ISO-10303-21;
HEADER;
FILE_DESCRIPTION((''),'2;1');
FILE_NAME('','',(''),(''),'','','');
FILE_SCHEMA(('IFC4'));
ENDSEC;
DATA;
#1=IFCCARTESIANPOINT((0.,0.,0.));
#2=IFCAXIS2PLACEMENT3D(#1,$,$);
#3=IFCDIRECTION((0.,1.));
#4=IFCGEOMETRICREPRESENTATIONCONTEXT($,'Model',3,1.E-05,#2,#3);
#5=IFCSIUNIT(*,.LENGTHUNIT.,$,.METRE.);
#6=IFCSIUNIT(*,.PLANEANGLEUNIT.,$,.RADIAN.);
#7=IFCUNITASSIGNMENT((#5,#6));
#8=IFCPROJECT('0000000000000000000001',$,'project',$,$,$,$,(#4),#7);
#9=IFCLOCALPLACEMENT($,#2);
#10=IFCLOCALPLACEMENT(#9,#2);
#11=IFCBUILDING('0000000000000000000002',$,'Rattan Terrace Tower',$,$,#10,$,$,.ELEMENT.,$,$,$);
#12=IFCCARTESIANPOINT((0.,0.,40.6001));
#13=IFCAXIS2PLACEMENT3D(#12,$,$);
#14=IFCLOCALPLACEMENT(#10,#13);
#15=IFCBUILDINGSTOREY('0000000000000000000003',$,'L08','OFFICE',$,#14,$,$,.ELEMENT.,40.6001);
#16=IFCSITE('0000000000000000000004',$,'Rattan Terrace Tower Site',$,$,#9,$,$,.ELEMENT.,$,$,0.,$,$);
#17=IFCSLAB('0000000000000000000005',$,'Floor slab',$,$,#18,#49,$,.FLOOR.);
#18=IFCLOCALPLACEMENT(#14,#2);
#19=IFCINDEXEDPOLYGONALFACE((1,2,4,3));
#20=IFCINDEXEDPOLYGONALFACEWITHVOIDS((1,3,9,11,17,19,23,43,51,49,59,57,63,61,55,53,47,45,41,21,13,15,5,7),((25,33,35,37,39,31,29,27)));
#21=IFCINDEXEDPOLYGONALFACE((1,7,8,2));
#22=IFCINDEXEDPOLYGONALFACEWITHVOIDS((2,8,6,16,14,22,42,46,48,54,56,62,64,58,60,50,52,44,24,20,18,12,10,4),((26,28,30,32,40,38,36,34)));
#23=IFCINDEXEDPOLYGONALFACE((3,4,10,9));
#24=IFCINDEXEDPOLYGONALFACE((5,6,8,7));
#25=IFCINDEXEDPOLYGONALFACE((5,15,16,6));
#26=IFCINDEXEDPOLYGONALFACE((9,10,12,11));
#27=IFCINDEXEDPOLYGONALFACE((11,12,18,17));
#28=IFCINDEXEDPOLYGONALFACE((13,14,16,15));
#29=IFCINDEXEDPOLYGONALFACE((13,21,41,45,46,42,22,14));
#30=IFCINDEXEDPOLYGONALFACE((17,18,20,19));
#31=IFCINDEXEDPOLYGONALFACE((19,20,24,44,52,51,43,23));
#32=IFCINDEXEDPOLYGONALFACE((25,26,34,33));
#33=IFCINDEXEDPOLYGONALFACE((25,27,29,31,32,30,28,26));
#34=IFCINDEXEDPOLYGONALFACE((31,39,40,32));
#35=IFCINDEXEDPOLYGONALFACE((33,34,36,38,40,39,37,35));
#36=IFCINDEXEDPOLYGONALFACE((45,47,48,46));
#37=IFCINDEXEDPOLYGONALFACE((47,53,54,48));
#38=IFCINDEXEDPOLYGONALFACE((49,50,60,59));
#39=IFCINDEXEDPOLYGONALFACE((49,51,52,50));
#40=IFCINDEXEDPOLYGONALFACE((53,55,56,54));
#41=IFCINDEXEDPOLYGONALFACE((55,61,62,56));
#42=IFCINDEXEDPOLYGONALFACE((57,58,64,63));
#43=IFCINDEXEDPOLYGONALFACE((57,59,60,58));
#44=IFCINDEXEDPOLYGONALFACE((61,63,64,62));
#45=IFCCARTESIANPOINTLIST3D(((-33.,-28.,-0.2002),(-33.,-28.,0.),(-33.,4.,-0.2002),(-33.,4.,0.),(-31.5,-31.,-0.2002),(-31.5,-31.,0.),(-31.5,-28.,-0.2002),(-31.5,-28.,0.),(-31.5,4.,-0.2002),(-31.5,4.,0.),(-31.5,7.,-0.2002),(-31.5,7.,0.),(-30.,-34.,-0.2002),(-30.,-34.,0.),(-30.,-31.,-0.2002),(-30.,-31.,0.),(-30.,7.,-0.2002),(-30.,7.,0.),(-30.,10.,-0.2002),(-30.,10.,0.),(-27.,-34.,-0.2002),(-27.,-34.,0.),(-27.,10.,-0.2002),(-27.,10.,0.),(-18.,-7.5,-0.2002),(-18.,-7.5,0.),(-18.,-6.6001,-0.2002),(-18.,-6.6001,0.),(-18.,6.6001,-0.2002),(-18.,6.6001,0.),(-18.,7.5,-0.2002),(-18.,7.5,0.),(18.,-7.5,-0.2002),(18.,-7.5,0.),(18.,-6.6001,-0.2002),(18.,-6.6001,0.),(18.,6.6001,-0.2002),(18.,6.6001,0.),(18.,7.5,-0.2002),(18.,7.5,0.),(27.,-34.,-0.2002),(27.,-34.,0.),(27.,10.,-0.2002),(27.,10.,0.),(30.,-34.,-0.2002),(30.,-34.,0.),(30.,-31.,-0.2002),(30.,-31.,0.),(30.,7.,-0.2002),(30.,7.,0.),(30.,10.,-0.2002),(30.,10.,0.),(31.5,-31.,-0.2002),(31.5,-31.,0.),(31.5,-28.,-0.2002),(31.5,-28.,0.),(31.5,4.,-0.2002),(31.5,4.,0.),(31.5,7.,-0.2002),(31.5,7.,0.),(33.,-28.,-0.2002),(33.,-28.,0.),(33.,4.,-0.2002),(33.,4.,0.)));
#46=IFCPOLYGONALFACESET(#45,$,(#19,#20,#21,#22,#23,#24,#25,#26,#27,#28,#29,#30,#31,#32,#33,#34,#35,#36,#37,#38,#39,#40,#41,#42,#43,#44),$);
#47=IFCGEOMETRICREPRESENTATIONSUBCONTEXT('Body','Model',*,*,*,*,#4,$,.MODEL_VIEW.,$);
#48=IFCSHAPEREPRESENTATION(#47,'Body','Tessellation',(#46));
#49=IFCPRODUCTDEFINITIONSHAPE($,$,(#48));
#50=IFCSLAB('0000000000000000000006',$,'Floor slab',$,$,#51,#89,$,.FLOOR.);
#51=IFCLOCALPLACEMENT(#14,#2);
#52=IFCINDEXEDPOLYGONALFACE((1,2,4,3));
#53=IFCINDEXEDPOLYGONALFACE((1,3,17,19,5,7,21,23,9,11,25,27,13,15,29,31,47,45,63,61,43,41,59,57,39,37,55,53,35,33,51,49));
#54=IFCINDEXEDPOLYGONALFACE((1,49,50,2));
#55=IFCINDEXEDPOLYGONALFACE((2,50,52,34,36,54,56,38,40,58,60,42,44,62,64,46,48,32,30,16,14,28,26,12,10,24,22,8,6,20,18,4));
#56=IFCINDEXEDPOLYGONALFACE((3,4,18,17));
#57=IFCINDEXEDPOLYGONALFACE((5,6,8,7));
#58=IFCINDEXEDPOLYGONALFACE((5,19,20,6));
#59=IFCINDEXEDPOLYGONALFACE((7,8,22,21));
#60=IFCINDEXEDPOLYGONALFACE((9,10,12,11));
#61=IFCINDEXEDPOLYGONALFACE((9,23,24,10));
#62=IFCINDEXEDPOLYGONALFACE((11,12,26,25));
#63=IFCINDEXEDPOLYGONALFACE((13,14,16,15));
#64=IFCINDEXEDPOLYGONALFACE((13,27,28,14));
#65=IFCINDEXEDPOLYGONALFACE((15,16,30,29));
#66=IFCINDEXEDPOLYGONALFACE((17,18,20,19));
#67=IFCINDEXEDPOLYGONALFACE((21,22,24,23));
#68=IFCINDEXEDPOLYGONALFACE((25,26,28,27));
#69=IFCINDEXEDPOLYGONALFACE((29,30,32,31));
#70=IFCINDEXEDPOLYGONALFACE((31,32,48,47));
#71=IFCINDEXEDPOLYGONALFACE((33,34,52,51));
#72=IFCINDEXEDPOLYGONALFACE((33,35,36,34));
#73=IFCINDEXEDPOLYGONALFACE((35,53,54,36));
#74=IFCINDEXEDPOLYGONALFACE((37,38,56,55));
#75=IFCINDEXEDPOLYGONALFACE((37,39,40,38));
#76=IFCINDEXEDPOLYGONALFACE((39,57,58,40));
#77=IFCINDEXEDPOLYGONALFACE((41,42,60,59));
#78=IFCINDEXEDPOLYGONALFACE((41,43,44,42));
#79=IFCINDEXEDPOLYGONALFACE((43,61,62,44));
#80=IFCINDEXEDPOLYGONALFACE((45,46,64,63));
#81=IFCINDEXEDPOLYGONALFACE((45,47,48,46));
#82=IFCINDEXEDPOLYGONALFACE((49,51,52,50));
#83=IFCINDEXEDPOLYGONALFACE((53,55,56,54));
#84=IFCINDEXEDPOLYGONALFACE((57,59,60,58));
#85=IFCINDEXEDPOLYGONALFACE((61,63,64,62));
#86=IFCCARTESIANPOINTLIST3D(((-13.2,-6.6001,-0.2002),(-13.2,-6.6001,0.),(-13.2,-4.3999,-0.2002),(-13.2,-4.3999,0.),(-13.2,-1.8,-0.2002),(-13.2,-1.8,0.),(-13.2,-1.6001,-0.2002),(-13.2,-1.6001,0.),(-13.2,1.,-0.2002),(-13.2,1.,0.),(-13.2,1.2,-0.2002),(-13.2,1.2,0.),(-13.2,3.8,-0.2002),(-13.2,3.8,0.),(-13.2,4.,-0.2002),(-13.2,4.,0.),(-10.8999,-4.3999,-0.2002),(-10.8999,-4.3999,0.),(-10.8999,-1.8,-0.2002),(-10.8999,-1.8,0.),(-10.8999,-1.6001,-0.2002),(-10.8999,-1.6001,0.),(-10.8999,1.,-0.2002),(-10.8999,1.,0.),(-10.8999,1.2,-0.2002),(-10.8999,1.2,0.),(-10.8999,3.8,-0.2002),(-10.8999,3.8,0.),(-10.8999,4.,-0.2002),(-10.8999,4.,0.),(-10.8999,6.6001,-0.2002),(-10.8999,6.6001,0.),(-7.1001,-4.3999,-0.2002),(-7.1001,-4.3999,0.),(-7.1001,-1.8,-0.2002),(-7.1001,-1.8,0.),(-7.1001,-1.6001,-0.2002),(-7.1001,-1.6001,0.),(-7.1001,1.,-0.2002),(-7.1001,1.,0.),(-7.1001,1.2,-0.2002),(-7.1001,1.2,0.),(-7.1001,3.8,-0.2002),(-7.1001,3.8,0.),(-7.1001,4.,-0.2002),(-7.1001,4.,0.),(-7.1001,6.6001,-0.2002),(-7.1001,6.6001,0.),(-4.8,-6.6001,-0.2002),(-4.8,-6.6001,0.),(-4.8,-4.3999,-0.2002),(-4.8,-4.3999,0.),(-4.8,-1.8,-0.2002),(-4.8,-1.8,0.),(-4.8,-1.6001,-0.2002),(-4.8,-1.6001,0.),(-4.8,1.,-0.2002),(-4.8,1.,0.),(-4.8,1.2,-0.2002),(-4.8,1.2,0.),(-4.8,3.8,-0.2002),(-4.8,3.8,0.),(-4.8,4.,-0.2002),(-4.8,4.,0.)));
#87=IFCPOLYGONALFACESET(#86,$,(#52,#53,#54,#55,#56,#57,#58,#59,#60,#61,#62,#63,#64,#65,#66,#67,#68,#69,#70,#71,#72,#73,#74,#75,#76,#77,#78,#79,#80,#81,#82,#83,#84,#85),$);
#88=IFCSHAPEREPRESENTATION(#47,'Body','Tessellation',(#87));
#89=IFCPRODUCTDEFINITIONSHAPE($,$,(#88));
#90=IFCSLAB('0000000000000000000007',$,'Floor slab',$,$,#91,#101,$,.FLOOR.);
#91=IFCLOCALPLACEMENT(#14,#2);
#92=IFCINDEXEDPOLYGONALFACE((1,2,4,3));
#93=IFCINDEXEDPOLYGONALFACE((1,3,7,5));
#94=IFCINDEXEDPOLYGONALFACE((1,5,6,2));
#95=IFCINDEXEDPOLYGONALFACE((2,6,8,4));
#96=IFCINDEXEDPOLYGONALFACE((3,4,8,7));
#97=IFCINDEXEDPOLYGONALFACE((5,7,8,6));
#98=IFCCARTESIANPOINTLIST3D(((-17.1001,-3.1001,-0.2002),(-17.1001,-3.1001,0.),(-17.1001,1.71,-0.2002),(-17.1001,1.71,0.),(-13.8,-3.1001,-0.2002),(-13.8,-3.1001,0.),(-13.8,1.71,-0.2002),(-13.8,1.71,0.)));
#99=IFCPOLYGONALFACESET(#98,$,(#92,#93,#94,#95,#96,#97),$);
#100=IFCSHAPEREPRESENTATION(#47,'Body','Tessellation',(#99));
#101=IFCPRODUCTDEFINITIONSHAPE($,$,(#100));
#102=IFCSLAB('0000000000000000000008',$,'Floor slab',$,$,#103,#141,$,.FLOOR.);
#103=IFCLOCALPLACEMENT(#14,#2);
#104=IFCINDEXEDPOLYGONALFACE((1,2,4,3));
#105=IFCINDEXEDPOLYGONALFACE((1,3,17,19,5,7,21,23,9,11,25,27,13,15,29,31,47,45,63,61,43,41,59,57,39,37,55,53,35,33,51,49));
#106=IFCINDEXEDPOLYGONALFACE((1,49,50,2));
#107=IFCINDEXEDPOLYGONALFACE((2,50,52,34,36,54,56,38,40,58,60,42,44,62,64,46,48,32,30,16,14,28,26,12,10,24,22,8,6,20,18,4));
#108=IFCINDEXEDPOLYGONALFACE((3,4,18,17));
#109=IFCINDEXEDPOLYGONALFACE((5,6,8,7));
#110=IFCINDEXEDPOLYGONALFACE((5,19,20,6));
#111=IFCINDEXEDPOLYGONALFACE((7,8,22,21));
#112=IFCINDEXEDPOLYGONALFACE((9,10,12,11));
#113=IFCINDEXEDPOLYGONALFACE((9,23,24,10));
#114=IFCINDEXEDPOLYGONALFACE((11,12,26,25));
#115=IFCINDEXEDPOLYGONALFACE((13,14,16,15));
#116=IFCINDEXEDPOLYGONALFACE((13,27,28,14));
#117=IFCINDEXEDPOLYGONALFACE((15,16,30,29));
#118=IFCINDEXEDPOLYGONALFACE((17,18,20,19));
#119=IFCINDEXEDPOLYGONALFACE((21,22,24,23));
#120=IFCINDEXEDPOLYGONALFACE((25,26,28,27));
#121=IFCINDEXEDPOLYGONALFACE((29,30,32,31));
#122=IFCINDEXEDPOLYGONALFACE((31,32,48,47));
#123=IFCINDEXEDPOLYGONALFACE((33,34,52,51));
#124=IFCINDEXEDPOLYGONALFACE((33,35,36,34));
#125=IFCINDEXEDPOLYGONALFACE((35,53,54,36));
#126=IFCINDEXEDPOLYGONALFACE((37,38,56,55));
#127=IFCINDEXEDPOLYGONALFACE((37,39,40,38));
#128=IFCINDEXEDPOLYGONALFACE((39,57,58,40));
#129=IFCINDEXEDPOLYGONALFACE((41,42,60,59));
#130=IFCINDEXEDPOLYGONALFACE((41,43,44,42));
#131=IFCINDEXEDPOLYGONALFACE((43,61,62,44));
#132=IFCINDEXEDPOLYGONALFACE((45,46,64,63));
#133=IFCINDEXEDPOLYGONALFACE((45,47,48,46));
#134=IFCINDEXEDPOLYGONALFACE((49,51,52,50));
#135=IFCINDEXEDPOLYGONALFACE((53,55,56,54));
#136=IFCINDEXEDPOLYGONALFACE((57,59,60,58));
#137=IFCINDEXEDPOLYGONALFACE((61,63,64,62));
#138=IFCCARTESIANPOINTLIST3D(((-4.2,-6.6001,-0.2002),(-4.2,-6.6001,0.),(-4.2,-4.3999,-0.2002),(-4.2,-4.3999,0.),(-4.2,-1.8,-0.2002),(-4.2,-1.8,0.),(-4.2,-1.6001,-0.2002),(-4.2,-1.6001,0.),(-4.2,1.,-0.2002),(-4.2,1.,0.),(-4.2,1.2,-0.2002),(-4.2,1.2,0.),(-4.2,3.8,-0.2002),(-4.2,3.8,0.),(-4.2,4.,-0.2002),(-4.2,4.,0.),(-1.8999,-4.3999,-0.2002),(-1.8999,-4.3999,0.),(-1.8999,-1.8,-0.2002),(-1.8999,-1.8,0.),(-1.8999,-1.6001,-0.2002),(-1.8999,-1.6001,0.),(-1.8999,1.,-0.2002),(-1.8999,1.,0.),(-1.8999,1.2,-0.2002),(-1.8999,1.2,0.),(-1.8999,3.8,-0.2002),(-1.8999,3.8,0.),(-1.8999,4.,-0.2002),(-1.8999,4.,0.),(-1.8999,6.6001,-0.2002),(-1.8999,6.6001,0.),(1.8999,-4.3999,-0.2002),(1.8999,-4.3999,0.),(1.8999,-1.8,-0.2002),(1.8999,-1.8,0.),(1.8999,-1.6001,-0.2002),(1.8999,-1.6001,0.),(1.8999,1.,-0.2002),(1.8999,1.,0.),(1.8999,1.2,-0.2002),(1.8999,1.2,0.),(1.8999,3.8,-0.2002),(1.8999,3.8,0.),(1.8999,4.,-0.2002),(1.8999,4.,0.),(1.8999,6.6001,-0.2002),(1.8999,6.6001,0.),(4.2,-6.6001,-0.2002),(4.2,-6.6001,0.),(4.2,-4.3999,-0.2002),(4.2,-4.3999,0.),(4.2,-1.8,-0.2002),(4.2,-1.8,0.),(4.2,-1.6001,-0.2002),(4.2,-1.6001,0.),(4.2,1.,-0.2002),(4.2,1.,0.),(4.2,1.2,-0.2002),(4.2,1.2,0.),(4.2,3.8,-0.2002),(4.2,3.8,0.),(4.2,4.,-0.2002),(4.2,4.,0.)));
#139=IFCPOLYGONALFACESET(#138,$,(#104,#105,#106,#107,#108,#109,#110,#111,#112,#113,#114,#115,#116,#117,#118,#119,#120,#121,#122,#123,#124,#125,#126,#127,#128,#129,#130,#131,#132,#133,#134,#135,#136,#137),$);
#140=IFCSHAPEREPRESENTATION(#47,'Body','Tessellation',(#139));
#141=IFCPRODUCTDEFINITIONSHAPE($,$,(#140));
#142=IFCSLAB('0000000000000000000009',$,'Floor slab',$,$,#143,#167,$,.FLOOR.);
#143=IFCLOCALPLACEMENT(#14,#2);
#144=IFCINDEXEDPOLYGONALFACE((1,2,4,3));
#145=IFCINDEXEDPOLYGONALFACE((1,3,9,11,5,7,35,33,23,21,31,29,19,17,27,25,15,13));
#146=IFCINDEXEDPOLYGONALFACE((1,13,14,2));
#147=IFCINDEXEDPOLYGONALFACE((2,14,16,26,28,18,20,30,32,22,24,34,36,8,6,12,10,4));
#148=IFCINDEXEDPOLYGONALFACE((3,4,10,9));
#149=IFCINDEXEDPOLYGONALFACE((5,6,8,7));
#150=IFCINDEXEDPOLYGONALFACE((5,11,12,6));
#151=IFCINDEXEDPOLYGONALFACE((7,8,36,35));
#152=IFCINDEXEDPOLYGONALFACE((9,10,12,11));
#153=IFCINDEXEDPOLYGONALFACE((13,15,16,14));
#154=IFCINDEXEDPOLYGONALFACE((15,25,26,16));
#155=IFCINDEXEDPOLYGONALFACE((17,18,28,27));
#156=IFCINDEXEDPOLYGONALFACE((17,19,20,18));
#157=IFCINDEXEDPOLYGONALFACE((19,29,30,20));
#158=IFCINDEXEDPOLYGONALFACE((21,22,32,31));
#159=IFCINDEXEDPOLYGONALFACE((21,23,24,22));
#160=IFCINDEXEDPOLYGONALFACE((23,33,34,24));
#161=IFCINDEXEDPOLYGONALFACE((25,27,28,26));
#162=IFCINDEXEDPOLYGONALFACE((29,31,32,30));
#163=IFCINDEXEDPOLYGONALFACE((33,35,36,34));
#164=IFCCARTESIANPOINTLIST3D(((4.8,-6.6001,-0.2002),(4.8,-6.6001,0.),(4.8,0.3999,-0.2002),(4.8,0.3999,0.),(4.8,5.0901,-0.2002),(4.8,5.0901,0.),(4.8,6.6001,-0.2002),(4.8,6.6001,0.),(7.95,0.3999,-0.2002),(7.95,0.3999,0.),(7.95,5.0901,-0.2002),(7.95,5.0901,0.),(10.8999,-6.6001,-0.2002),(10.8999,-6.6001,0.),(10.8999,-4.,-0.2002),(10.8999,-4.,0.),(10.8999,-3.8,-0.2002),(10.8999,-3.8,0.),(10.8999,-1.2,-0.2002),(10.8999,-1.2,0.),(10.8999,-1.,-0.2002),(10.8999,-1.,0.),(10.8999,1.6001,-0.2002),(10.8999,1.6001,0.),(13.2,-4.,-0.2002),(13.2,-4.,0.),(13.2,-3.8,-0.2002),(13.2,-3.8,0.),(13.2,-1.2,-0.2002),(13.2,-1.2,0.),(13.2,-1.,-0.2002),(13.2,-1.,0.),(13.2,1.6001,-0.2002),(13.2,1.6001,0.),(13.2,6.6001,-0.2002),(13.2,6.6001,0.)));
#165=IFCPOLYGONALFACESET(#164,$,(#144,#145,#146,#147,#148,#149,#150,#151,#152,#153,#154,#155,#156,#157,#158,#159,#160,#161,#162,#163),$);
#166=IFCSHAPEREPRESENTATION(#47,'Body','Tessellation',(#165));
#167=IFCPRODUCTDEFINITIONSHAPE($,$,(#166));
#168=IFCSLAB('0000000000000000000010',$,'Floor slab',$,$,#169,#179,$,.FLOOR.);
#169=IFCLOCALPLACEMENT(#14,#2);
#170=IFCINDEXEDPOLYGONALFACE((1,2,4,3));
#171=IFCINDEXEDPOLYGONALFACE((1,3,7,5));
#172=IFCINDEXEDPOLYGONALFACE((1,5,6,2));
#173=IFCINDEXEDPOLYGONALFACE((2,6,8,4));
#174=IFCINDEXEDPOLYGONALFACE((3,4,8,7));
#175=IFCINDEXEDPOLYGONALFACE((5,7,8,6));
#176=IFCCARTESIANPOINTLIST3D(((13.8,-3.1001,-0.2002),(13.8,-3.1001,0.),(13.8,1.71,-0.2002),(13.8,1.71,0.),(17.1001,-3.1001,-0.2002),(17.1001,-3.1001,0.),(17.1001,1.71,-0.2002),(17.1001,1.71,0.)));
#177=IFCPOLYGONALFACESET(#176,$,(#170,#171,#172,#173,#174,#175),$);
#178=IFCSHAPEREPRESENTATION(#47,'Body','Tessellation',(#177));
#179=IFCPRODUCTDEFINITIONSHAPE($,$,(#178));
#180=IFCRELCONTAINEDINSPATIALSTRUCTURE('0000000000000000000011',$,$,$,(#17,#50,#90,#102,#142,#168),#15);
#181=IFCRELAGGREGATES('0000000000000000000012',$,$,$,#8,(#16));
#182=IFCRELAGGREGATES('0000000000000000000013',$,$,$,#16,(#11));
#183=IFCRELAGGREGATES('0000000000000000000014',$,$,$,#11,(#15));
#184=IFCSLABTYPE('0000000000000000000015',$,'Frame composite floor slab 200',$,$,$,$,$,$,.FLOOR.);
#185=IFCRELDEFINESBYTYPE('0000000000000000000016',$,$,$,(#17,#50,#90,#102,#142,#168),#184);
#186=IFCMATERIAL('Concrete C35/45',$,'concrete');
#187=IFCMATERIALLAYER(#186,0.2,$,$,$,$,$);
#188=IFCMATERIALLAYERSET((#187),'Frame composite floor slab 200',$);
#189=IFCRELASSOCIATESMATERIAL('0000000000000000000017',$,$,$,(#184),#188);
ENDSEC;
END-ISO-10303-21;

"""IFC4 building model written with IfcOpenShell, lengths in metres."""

from ifc_helpers import new_model, si_unit, direction, frame, origin, place, context, subcontext, project, spatial, polyline, outline, extrude, material, layer, layer_set, type_object, element, save


model = new_model("IFC4")

# Units and contexts
model_context = context("Model", 3, precision=1e-05, world=origin(), true_north=direction((0.0, 1.0)))
body_context = subcontext(model_context, "Body", "Model", "MODEL_VIEW")
ifc_project = project(units=[si_unit("LENGTHUNIT", "METRE"), si_unit("PLANEANGLEUNIT", "RADIAN")], contexts=[model_context])

# Site, building, storey
site_placement = place(None, origin())
site = spatial("IfcSite", under=ifc_project, at=site_placement, Name="Rattan Terrace Tower Site", CompositionType="ELEMENT", RefElevation=0.0)
building_placement = place(site_placement, origin())
building = spatial("IfcBuilding", under=site, at=building_placement, Name="Rattan Terrace Tower", CompositionType="ELEMENT")
storey_placement = place(building_placement, frame((0.0, 0.0, 40.6001)))
storey = spatial("IfcBuildingStorey", under=building, at=storey_placement, Name="L08", Description="OFFICE", CompositionType="ELEMENT", Elevation=40.6001)

# Slabs
ifc_material_1 = material(Name="Concrete C35/45", Category="concrete")
ifc_layer_1 = layer(ifc_material_1, 0.2)
ifc_layer_set_1 = layer_set([ifc_layer_1], Name="Frame composite floor slab 200")
slab_type = type_object("IfcSlabType", Name="Frame composite floor slab 200", PredefinedType="FLOOR", material=ifc_layer_set_1)
slab_1_placement = place(storey_placement, frame((0.0, 0.0, -0.2002)))
element("IfcSlab", 1, at=slab_1_placement, inside=storey, type_object=slab_type, Name="Floor slab", PredefinedType="FLOOR", context=body_context, shape_type="SweptSolid", body=[
    extrude(outline(polyline([(-27.0, -34.0), (27.0, -34.0), (30.0, -34.0), (30.0, -31.0), (31.5, -31.0), (31.5, -28.0), (33.0, -28.0), (33.0, 4.0), (31.5, 4.0), (31.5, 7.0), (30.0, 7.0), (30.0, 10.0), (27.0, 10.0), (-27.0, 10.0), (-30.0, 10.0), (-30.0, 7.0), (-31.5, 7.0), (-31.5, 4.0), (-33.0, 4.0), (-33.0, -28.0), (-31.5, -28.0), (-31.5, -31.0), (-30.0, -31.0), (-30.0, -34.0), (-27.0, -34.0)]), holes=[polyline([(-18.0, -6.6001), (-18.0, -7.5), (18.0, -7.5), (18.0, -6.6001), (18.0, 6.6001), (18.0, 7.5), (-18.0, 7.5), (-18.0, 6.6001), (-18.0, -6.6001)])]), origin(), (0.0, 0.0, 1.0), 0.2002),
])
slab_2_placement = place(storey_placement, frame((0.0, 0.0, -0.2002)))
element("IfcSlab", 2, at=slab_2_placement, inside=storey, type_object=slab_type, Name="Floor slab", PredefinedType="FLOOR", context=body_context, shape_type="SweptSolid", body=[
    extrude(outline(polyline([(-10.8999, 6.6001), (-10.8999, 4.0), (-13.2, 4.0), (-13.2, 3.8), (-10.8999, 3.8), (-10.8999, 1.2), (-13.2, 1.2), (-13.2, 1.0), (-10.8999, 1.0), (-10.8999, -1.6001), (-13.2, -1.6001), (-13.2, -1.8), (-10.8999, -1.8), (-10.8999, -4.3999), (-13.2, -4.3999), (-13.2, -6.6001), (-4.8, -6.6001), (-4.8, -4.3999), (-7.1001, -4.3999), (-7.1001, -1.8), (-4.8, -1.8), (-4.8, -1.6001), (-7.1001, -1.6001), (-7.1001, 1.0), (-4.8, 1.0), (-4.8, 1.2), (-7.1001, 1.2), (-7.1001, 3.8), (-4.8, 3.8), (-4.8, 4.0), (-7.1001, 4.0), (-7.1001, 6.6001), (-10.8999, 6.6001)])), origin(), (0.0, 0.0, 1.0), 0.2002),
])
slab_3_placement = place(storey_placement, frame((0.0, 0.0, -0.2002)))
element("IfcSlab", 3, at=slab_3_placement, inside=storey, type_object=slab_type, Name="Floor slab", PredefinedType="FLOOR", context=body_context, shape_type="SweptSolid", body=[
    extrude(outline(polyline([(-17.1001, -3.1001), (-13.8, -3.1001), (-13.8, 1.71), (-17.1001, 1.71), (-17.1001, -3.1001)])), origin(), (0.0, 0.0, 1.0), 0.2002),
])
slab_4_placement = place(storey_placement, frame((0.0, 0.0, -0.2002)))
element("IfcSlab", 4, at=slab_4_placement, inside=storey, type_object=slab_type, Name="Floor slab", PredefinedType="FLOOR", context=body_context, shape_type="SweptSolid", body=[
    extrude(outline(polyline([(-4.2, 4.0), (-4.2, 3.8), (-1.8999, 3.8), (-1.8999, 1.2), (-4.2, 1.2), (-4.2, 1.0), (-1.8999, 1.0), (-1.8999, -1.6001), (-4.2, -1.6001), (-4.2, -1.8), (-1.8999, -1.8), (-1.8999, -4.3999), (-4.2, -4.3999), (-4.2, -6.6001), (4.2, -6.6001), (4.2, -4.3999), (1.8999, -4.3999), (1.8999, -1.8), (4.2, -1.8), (4.2, -1.6001), (1.8999, -1.6001), (1.8999, 1.0), (4.2, 1.0), (4.2, 1.2), (1.8999, 1.2), (1.8999, 3.8), (4.2, 3.8), (4.2, 4.0), (1.8999, 4.0), (1.8999, 6.6001), (-1.8999, 6.6001), (-1.8999, 4.0), (-4.2, 4.0)])), origin(), (0.0, 0.0, 1.0), 0.2002),
])
slab_5_placement = place(storey_placement, frame((0.0, 0.0, -0.2002)))
element("IfcSlab", 5, at=slab_5_placement, inside=storey, type_object=slab_type, Name="Floor slab", PredefinedType="FLOOR", context=body_context, shape_type="SweptSolid", body=[
    extrude(outline(polyline([(4.8, 5.0901), (7.95, 5.0901), (7.95, 0.3999), (4.8, 0.3999), (4.8, -6.6001), (10.8999, -6.6001), (10.8999, -4.0), (13.2, -4.0), (13.2, -3.8), (10.8999, -3.8), (10.8999, -1.2), (13.2, -1.2), (13.2, -1.0), (10.8999, -1.0), (10.8999, 1.6001), (13.2, 1.6001), (13.2, 6.6001), (4.8, 6.6001), (4.8, 5.0901)])), origin(), (0.0, 0.0, 1.0), 0.2002),
])
slab_6_placement = place(storey_placement, frame((0.0, 0.0, -0.2002)))
element("IfcSlab", 6, at=slab_6_placement, inside=storey, type_object=slab_type, Name="Floor slab", PredefinedType="FLOOR", context=body_context, shape_type="SweptSolid", body=[
    extrude(outline(polyline([(13.8, -3.1001), (17.1001, -3.1001), (17.1001, 1.71), (13.8, 1.71), (13.8, -3.1001)])), origin(), (0.0, 0.0, 1.0), 0.2002),
])

save(model, "model.ifc")
